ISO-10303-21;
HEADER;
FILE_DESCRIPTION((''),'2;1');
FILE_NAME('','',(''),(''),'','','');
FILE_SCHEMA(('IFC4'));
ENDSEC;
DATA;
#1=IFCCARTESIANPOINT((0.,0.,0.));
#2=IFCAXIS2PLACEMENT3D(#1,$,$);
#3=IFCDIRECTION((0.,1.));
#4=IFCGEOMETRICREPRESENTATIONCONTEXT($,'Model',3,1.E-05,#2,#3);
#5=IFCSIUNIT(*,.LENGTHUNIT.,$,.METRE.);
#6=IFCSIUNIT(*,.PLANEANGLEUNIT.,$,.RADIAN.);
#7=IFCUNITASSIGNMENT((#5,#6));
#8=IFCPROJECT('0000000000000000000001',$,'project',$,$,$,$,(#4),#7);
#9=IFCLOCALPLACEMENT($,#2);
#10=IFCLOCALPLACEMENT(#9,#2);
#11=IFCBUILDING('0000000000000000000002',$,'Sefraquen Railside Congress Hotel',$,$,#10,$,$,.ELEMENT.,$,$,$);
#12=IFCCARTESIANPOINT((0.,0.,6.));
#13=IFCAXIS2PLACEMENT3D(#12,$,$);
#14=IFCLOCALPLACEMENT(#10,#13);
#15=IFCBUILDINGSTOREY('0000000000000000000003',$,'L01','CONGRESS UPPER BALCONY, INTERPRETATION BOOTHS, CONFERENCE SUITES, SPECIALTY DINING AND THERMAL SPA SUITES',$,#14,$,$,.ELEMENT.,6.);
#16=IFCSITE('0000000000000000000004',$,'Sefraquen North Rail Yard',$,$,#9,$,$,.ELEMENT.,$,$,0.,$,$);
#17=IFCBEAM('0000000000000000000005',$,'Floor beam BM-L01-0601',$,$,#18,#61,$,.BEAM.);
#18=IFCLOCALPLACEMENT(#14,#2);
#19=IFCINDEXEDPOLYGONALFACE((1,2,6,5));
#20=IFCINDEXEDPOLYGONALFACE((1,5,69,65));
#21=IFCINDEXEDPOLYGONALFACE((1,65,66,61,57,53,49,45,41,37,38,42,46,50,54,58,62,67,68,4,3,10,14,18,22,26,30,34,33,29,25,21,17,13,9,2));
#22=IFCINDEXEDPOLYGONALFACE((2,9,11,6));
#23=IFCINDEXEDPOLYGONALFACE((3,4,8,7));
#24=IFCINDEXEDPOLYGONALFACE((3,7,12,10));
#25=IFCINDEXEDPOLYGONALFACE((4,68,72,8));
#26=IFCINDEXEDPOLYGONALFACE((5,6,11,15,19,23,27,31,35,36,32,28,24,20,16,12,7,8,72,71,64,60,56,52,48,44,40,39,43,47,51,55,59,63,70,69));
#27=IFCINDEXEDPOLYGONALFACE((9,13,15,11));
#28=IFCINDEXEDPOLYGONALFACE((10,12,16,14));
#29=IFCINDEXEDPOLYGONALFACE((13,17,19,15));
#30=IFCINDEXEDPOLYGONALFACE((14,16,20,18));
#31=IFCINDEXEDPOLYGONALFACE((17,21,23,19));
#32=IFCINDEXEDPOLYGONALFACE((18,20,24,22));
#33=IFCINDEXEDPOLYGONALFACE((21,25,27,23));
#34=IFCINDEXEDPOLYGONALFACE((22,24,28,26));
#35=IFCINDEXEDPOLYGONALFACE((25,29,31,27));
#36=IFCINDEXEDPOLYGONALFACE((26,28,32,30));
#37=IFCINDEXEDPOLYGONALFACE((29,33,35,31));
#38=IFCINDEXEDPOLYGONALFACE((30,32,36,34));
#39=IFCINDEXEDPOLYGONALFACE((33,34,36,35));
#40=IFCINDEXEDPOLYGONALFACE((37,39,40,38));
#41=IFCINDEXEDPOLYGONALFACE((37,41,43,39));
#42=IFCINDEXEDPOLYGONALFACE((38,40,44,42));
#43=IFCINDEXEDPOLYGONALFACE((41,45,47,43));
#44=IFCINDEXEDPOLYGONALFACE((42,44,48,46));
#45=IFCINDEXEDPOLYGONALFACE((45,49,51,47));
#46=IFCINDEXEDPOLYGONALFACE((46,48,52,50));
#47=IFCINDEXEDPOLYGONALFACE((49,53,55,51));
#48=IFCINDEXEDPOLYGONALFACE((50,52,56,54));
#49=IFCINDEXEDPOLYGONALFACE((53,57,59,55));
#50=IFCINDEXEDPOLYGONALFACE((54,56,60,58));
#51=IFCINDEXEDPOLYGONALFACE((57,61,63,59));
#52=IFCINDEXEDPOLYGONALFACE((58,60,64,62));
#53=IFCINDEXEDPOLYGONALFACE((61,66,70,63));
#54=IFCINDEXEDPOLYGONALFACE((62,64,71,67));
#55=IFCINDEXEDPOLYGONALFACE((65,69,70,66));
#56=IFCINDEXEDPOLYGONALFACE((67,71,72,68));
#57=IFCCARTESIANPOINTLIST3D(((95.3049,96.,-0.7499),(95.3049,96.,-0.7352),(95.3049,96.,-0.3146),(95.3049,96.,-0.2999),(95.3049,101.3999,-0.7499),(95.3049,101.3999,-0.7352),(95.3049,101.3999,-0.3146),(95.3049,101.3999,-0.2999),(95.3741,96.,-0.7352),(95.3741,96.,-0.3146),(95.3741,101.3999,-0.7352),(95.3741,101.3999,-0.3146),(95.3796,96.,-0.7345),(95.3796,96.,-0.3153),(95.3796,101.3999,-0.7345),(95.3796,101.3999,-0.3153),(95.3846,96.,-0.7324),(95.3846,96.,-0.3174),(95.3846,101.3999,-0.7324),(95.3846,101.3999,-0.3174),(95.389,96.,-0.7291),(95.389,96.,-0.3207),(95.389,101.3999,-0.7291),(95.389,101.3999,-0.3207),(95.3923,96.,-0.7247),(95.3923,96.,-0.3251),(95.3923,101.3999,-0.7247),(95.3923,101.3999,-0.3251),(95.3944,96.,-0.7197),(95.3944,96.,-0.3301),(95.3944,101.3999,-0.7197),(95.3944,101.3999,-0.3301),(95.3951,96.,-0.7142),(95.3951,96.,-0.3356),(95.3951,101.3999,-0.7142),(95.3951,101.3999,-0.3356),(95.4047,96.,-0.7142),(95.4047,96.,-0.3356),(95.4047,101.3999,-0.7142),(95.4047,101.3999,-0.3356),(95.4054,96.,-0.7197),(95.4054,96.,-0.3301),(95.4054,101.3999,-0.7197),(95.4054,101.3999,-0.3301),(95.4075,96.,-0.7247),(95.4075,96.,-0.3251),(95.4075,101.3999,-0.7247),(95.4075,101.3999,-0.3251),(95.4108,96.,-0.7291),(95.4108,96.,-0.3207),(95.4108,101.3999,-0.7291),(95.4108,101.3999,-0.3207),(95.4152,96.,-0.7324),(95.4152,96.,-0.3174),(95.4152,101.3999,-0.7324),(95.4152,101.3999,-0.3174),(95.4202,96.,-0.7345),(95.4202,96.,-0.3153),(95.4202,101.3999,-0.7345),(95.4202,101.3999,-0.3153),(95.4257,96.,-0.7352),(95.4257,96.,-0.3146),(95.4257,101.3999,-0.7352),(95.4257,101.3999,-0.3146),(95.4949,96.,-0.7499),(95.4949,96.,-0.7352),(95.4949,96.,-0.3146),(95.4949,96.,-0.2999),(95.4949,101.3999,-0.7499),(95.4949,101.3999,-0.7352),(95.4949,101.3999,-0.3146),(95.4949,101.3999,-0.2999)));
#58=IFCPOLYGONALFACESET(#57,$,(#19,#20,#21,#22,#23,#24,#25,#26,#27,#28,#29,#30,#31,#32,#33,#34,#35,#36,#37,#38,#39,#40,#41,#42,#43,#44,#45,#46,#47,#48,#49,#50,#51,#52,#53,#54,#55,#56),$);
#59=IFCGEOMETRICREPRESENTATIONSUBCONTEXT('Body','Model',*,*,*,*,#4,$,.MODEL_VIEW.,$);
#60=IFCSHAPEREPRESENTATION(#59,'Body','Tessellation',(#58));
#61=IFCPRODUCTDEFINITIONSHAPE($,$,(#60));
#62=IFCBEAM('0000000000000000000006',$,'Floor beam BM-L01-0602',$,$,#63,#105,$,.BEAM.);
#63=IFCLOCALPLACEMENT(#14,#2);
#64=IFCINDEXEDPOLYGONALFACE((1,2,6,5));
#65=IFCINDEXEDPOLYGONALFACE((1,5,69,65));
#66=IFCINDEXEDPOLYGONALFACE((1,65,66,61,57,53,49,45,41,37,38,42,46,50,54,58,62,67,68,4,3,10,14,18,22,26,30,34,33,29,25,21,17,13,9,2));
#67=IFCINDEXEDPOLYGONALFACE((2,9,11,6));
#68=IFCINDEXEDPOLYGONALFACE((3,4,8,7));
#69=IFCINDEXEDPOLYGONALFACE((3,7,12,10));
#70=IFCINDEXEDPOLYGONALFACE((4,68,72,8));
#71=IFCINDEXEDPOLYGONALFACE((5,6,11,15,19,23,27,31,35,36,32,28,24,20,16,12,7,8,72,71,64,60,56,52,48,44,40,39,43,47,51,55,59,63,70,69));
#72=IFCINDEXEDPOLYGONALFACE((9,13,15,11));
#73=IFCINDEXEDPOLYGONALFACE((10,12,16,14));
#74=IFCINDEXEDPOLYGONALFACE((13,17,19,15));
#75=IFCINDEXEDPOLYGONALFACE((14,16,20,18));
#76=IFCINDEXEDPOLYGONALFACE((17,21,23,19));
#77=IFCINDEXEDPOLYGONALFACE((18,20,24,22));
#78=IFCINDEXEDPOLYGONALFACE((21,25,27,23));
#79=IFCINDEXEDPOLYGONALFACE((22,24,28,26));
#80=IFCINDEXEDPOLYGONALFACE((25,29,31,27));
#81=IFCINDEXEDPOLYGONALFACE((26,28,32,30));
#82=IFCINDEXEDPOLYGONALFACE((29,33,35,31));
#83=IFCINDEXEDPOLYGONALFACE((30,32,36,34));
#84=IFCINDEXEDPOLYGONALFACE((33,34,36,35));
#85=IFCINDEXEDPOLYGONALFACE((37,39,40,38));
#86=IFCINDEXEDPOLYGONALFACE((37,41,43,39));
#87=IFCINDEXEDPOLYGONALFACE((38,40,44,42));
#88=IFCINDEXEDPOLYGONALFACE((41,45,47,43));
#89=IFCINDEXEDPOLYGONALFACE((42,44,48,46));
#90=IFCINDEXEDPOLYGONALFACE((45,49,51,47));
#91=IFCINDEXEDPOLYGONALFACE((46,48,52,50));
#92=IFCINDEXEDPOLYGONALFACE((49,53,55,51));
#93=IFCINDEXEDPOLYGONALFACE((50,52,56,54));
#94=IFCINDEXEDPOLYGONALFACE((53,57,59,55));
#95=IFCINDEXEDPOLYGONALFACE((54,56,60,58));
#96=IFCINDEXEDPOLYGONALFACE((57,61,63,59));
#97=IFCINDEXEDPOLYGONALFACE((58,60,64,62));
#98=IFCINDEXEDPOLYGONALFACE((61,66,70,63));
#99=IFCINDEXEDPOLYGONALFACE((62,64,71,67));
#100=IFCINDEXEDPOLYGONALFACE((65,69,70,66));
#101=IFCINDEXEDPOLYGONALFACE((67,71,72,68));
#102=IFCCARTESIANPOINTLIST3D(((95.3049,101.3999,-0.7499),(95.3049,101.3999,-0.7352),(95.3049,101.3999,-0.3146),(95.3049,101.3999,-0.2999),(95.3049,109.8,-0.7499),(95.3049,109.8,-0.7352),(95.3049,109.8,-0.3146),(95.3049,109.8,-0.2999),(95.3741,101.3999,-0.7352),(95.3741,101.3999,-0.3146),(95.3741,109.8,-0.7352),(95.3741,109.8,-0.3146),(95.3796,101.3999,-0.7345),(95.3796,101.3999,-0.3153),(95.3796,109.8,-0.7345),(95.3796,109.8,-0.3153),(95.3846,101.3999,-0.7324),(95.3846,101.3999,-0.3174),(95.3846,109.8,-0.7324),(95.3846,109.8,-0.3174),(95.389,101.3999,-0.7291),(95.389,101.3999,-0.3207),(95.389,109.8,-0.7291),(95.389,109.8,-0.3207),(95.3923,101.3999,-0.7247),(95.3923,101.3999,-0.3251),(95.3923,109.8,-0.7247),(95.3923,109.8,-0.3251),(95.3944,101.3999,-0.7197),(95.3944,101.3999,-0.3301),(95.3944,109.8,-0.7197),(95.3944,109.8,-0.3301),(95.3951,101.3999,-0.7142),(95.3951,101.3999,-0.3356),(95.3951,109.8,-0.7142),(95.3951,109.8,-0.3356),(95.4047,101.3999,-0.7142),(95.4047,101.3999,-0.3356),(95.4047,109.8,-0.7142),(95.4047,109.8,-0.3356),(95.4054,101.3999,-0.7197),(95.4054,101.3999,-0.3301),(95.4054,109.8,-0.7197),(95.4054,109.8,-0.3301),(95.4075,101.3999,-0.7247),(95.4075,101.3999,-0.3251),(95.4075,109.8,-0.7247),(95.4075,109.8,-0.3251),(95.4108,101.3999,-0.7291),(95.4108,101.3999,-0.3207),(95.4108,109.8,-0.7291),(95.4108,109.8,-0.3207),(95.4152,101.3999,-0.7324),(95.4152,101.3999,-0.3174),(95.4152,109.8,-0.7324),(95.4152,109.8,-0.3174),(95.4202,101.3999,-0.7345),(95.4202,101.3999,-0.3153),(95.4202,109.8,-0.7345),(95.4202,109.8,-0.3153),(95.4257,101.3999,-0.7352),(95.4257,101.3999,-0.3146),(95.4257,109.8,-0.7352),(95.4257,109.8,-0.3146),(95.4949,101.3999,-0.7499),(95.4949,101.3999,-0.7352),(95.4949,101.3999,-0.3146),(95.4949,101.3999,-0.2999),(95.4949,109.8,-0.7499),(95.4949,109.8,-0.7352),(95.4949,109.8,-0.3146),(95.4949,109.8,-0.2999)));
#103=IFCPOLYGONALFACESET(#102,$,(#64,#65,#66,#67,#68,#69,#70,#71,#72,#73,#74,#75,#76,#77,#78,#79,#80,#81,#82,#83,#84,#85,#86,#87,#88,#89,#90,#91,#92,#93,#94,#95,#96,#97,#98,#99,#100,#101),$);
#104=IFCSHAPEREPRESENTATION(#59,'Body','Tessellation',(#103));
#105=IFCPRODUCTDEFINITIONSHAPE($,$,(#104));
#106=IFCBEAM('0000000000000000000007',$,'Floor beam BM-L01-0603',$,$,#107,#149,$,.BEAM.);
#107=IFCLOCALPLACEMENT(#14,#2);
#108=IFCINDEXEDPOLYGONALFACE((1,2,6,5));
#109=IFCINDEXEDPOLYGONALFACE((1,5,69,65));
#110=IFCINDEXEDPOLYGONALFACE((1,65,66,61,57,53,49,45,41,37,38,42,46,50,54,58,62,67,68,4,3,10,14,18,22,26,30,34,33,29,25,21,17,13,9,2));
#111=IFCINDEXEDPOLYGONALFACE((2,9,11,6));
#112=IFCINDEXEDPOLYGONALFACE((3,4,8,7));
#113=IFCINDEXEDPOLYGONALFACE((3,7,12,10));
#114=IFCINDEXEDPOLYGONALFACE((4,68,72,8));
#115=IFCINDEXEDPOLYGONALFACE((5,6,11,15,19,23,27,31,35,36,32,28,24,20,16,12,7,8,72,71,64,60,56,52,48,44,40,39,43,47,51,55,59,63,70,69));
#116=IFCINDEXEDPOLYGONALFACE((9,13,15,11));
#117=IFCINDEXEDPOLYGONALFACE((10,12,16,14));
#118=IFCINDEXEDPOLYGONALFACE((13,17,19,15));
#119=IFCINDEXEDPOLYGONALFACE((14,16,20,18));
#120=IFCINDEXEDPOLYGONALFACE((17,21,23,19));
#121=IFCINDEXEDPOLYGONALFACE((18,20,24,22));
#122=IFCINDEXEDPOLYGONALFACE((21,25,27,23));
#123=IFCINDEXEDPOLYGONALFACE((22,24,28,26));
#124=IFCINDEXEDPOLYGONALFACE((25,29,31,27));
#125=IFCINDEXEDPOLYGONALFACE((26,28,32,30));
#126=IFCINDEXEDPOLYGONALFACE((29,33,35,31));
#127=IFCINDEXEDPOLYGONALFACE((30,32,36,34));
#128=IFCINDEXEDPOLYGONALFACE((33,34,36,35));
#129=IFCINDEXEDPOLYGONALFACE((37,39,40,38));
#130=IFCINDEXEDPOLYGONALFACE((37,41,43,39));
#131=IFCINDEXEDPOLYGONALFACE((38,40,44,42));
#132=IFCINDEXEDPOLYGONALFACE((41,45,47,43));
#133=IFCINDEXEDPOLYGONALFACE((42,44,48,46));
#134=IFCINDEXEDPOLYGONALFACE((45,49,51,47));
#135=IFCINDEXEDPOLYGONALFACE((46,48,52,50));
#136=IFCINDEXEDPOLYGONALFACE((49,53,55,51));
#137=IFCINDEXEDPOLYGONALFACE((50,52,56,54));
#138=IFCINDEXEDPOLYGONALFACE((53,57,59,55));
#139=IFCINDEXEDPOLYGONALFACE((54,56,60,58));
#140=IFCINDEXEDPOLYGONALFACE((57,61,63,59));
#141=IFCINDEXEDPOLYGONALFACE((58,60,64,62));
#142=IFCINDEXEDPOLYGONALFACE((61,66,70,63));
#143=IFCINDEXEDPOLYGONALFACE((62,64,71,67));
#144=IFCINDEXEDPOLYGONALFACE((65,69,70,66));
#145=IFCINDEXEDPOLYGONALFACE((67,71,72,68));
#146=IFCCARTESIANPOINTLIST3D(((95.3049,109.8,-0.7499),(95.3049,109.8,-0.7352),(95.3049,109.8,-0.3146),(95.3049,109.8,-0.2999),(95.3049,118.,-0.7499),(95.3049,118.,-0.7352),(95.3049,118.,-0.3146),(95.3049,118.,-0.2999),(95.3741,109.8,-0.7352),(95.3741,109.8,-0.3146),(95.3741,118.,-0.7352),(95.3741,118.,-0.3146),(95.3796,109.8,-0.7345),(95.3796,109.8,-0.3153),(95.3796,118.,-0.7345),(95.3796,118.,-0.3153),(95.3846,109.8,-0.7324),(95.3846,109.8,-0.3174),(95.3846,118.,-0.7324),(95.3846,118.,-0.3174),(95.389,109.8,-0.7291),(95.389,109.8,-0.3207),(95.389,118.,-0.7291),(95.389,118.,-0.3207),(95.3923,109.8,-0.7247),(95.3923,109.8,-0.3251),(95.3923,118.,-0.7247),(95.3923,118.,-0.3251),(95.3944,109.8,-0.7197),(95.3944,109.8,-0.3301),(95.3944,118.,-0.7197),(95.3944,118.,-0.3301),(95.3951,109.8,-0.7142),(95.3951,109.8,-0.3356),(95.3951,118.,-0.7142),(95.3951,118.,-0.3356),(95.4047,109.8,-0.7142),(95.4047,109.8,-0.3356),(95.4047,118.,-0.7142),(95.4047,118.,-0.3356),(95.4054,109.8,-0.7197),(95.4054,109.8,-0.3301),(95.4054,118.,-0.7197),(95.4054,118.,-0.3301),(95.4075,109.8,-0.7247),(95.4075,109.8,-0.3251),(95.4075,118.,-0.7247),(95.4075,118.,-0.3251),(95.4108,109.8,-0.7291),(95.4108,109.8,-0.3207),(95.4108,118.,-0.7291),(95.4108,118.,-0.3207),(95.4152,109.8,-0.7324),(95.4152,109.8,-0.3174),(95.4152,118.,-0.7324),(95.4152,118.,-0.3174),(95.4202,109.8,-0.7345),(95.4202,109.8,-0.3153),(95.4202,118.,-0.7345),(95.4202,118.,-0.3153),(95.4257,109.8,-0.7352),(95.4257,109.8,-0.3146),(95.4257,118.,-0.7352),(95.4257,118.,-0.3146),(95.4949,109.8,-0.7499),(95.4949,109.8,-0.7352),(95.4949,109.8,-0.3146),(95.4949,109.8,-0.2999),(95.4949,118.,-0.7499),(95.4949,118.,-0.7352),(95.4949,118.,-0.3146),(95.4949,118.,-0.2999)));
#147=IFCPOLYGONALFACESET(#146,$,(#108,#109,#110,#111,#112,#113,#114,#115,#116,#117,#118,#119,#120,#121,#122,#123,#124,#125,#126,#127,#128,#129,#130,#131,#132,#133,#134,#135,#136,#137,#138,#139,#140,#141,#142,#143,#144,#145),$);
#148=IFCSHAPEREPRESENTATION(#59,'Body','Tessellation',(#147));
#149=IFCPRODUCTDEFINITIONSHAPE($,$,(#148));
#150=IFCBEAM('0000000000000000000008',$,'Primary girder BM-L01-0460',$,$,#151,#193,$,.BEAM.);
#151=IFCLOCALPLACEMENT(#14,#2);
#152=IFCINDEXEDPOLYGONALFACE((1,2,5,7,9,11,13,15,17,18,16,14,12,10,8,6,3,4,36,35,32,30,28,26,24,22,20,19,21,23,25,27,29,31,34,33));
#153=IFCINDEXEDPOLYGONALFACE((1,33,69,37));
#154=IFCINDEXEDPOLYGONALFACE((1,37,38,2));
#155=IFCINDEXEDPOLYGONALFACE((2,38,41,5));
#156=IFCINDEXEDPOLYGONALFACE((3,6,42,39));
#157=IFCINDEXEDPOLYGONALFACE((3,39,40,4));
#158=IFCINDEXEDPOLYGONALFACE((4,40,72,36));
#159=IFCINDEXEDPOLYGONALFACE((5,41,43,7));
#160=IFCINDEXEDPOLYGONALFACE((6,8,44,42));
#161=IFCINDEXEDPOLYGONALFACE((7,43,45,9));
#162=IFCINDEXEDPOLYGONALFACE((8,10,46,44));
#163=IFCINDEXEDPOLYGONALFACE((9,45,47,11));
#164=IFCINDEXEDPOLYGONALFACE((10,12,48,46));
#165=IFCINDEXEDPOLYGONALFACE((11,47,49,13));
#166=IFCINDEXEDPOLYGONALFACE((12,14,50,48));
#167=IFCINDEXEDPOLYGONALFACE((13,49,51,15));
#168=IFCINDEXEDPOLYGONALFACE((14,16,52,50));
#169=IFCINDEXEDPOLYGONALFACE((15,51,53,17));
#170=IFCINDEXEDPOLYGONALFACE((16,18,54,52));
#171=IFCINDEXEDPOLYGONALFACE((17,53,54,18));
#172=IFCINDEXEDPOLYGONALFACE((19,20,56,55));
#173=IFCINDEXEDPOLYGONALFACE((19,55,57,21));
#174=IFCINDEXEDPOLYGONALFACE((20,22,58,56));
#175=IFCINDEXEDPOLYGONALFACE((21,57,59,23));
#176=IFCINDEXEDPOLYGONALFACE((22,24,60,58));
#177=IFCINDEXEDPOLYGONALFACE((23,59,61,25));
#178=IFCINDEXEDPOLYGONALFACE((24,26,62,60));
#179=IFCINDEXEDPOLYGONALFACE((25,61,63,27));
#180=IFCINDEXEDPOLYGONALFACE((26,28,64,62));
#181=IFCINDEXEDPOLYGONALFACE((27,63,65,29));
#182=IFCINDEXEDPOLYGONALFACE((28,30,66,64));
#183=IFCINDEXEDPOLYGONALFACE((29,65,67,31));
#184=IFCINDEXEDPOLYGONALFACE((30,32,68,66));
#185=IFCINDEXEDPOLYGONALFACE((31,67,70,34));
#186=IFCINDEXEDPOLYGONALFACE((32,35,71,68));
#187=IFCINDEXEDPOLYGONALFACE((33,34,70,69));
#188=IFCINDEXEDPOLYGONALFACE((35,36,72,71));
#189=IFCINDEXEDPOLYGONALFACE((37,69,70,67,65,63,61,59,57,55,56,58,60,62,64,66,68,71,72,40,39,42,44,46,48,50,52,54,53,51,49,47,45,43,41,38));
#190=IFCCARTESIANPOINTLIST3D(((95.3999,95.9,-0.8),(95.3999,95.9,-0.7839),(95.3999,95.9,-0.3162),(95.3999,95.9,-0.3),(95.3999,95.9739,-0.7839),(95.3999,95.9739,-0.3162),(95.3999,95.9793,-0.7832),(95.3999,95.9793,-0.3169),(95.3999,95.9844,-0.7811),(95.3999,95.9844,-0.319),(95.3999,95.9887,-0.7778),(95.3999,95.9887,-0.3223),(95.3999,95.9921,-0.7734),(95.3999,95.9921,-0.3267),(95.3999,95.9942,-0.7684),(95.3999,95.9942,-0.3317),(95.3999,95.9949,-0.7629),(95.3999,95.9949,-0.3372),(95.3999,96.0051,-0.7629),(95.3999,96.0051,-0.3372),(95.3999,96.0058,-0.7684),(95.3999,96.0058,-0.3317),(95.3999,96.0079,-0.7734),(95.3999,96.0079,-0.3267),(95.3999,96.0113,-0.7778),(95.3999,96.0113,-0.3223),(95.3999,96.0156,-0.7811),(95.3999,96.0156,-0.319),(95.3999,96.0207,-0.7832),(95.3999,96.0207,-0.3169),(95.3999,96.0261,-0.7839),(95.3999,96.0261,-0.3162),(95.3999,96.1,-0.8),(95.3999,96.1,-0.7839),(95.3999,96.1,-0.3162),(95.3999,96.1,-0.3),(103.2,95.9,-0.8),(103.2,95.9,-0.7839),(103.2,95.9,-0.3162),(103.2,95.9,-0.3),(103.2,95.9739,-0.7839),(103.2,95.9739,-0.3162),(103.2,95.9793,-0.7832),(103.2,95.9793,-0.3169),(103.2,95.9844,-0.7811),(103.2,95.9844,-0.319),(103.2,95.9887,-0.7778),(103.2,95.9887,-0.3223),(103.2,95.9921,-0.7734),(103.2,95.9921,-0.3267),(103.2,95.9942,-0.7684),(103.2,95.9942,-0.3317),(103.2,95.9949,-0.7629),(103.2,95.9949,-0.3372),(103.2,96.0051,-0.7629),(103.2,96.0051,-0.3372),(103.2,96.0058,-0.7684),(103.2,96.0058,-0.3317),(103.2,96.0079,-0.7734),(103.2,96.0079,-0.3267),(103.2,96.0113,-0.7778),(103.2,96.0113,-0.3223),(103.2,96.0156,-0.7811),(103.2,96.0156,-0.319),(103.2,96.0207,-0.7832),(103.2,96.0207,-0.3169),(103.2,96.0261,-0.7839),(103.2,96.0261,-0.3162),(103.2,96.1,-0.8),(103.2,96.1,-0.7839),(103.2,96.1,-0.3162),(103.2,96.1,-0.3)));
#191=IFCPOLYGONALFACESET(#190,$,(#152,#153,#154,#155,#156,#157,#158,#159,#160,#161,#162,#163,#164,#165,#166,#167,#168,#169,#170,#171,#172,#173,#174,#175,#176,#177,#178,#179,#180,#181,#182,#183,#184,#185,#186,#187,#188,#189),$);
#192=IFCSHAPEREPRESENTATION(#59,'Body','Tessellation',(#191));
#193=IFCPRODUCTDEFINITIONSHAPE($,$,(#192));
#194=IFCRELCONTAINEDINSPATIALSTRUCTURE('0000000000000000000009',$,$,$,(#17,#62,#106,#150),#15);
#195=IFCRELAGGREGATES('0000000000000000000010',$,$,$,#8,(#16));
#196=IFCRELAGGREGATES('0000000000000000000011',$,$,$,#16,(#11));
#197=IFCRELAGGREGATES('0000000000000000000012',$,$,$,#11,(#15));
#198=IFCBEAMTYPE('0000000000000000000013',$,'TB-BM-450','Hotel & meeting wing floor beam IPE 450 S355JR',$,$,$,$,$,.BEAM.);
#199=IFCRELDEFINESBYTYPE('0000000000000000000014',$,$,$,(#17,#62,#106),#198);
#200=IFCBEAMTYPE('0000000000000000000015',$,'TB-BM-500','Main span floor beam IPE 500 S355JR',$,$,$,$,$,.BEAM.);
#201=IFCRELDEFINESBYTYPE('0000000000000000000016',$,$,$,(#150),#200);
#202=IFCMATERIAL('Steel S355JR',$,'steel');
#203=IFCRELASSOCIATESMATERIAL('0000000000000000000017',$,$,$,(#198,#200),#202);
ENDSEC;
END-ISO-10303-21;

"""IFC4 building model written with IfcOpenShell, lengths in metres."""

from ifc_helpers import new_model, si_unit, direction, frame, origin, origin_2d, place, context, subcontext, project, spatial, i_section, extrude, material, material_profile, profile_set, type_object, element, save


model = new_model("IFC4")

# Units and contexts
model_context = context("Model", 3, precision=1e-05, world=origin(), true_north=direction((0.0, 1.0)))
body_context = subcontext(model_context, "Body", "Model", "MODEL_VIEW")
ifc_project = project(units=[si_unit("LENGTHUNIT", "METRE"), si_unit("PLANEANGLEUNIT", "RADIAN")], contexts=[model_context])

# Site, building, storey
site_placement = place(None, origin())
site = spatial("IfcSite", under=ifc_project, at=site_placement, Name="Sefraquen North Rail Yard", CompositionType="ELEMENT", RefElevation=0.0)
building_placement = place(site_placement, origin())
building = spatial("IfcBuilding", under=site, at=building_placement, Name="Sefraquen Railside Congress Hotel", CompositionType="ELEMENT")
storey_placement = place(building_placement, frame((0.0, 0.0, 6.0)))
storey = spatial("IfcBuildingStorey", under=building, at=storey_placement, Name="L01", Description="CONGRESS UPPER BALCONY, INTERPRETATION BOOTHS, CONFERENCE SUITES, SPECIALTY DINING AND THERMAL SPA SUITES", CompositionType="ELEMENT", Elevation=6.0)

# Shared definitions
ifc_material_1 = material(Name="Steel S355JR", Category="steel")

# Beams
ifc_material_profile_1 = material_profile(ifc_material_1, i_section(OverallWidth=0.1899, OverallDepth=0.45, WebThickness=0.0095, FlangeThickness=0.0146, FilletRadius=0.021, at=origin_2d()), Name="IPE 450")
ifc_profile_set_1 = profile_set([ifc_material_profile_1], Name="Steel S355JR")
beam_type_1 = type_object("IfcBeamType", Name="TB-BM-450", Description="Hotel & meeting wing floor beam IPE 450 S355JR", PredefinedType="BEAM", material=ifc_profile_set_1)
beam_1_placement = place(storey_placement, frame((95.3999, 96.0, -0.5249), z_axis=(0.0, 1.0, 0.0), x_axis=(-1.0, 0.0, 0.0)))
element("IfcBeam", 1, at=beam_1_placement, inside=storey, type_object=beam_type_1, Name="Floor beam BM-L01-0601", PredefinedType="BEAM", context=body_context, shape_type="SweptSolid", body=[
    extrude(i_section(OverallWidth=0.1899, OverallDepth=0.45, WebThickness=0.0095, FlangeThickness=0.0146, FilletRadius=0.021, at=origin_2d()), origin(), (0.0, 0.0, 1.0), 5.3999),
])
beam_2_placement = place(storey_placement, frame((95.3999, 101.3999, -0.5249), z_axis=(0.0, 1.0, 0.0), x_axis=(-1.0, 0.0, 0.0)))
element("IfcBeam", 2, at=beam_2_placement, inside=storey, type_object=beam_type_1, Name="Floor beam BM-L01-0602", PredefinedType="BEAM", context=body_context, shape_type="SweptSolid", body=[
    extrude(i_section(OverallWidth=0.1899, OverallDepth=0.45, WebThickness=0.0095, FlangeThickness=0.0146, FilletRadius=0.021, at=origin_2d()), origin(), (0.0, 0.0, 1.0), 8.4001),
])
beam_3_placement = place(storey_placement, frame((95.3999, 109.8, -0.5249), z_axis=(0.0, 1.0, 0.0), x_axis=(-1.0, 0.0, 0.0)))
element("IfcBeam", 3, at=beam_3_placement, inside=storey, type_object=beam_type_1, Name="Floor beam BM-L01-0603", PredefinedType="BEAM", context=body_context, shape_type="SweptSolid", body=[
    extrude(i_section(OverallWidth=0.1899, OverallDepth=0.45, WebThickness=0.0095, FlangeThickness=0.0146, FilletRadius=0.021, at=origin_2d()), origin(), (0.0, 0.0, 1.0), 8.2),
])
ifc_material_profile_2 = material_profile(ifc_material_1, i_section(OverallWidth=0.2, OverallDepth=0.5, WebThickness=0.0103, FlangeThickness=0.0161, FilletRadius=0.021, at=origin_2d()), Name="IPE 500")
ifc_profile_set_2 = profile_set([ifc_material_profile_2], Name="Steel S355JR")
beam_type_2 = type_object("IfcBeamType", Name="TB-BM-500", Description="Main span floor beam IPE 500 S355JR", PredefinedType="BEAM", material=ifc_profile_set_2)
for number, where, z_axis, x_axis, name in (
    (4, (95.3999, 96.0, -0.55), (1.0, 0.0, 0.0), (0.0, 1.0, 0.0), "Primary girder BM-L01-0460"),
):
    element("IfcBeam", number, at=place(storey_placement, frame(where, z_axis=z_axis, x_axis=x_axis)), inside=storey, type_object=beam_type_2, Name=name, PredefinedType="BEAM", context=body_context, shape_type="SweptSolid", body=[
        extrude(i_section(OverallWidth=0.2, OverallDepth=0.5, WebThickness=0.0103, FlangeThickness=0.0161, FilletRadius=0.021, at=origin_2d()), origin(), (0.0, 0.0, 1.0), 7.8),
    ])

save(model, "model.ifc")
